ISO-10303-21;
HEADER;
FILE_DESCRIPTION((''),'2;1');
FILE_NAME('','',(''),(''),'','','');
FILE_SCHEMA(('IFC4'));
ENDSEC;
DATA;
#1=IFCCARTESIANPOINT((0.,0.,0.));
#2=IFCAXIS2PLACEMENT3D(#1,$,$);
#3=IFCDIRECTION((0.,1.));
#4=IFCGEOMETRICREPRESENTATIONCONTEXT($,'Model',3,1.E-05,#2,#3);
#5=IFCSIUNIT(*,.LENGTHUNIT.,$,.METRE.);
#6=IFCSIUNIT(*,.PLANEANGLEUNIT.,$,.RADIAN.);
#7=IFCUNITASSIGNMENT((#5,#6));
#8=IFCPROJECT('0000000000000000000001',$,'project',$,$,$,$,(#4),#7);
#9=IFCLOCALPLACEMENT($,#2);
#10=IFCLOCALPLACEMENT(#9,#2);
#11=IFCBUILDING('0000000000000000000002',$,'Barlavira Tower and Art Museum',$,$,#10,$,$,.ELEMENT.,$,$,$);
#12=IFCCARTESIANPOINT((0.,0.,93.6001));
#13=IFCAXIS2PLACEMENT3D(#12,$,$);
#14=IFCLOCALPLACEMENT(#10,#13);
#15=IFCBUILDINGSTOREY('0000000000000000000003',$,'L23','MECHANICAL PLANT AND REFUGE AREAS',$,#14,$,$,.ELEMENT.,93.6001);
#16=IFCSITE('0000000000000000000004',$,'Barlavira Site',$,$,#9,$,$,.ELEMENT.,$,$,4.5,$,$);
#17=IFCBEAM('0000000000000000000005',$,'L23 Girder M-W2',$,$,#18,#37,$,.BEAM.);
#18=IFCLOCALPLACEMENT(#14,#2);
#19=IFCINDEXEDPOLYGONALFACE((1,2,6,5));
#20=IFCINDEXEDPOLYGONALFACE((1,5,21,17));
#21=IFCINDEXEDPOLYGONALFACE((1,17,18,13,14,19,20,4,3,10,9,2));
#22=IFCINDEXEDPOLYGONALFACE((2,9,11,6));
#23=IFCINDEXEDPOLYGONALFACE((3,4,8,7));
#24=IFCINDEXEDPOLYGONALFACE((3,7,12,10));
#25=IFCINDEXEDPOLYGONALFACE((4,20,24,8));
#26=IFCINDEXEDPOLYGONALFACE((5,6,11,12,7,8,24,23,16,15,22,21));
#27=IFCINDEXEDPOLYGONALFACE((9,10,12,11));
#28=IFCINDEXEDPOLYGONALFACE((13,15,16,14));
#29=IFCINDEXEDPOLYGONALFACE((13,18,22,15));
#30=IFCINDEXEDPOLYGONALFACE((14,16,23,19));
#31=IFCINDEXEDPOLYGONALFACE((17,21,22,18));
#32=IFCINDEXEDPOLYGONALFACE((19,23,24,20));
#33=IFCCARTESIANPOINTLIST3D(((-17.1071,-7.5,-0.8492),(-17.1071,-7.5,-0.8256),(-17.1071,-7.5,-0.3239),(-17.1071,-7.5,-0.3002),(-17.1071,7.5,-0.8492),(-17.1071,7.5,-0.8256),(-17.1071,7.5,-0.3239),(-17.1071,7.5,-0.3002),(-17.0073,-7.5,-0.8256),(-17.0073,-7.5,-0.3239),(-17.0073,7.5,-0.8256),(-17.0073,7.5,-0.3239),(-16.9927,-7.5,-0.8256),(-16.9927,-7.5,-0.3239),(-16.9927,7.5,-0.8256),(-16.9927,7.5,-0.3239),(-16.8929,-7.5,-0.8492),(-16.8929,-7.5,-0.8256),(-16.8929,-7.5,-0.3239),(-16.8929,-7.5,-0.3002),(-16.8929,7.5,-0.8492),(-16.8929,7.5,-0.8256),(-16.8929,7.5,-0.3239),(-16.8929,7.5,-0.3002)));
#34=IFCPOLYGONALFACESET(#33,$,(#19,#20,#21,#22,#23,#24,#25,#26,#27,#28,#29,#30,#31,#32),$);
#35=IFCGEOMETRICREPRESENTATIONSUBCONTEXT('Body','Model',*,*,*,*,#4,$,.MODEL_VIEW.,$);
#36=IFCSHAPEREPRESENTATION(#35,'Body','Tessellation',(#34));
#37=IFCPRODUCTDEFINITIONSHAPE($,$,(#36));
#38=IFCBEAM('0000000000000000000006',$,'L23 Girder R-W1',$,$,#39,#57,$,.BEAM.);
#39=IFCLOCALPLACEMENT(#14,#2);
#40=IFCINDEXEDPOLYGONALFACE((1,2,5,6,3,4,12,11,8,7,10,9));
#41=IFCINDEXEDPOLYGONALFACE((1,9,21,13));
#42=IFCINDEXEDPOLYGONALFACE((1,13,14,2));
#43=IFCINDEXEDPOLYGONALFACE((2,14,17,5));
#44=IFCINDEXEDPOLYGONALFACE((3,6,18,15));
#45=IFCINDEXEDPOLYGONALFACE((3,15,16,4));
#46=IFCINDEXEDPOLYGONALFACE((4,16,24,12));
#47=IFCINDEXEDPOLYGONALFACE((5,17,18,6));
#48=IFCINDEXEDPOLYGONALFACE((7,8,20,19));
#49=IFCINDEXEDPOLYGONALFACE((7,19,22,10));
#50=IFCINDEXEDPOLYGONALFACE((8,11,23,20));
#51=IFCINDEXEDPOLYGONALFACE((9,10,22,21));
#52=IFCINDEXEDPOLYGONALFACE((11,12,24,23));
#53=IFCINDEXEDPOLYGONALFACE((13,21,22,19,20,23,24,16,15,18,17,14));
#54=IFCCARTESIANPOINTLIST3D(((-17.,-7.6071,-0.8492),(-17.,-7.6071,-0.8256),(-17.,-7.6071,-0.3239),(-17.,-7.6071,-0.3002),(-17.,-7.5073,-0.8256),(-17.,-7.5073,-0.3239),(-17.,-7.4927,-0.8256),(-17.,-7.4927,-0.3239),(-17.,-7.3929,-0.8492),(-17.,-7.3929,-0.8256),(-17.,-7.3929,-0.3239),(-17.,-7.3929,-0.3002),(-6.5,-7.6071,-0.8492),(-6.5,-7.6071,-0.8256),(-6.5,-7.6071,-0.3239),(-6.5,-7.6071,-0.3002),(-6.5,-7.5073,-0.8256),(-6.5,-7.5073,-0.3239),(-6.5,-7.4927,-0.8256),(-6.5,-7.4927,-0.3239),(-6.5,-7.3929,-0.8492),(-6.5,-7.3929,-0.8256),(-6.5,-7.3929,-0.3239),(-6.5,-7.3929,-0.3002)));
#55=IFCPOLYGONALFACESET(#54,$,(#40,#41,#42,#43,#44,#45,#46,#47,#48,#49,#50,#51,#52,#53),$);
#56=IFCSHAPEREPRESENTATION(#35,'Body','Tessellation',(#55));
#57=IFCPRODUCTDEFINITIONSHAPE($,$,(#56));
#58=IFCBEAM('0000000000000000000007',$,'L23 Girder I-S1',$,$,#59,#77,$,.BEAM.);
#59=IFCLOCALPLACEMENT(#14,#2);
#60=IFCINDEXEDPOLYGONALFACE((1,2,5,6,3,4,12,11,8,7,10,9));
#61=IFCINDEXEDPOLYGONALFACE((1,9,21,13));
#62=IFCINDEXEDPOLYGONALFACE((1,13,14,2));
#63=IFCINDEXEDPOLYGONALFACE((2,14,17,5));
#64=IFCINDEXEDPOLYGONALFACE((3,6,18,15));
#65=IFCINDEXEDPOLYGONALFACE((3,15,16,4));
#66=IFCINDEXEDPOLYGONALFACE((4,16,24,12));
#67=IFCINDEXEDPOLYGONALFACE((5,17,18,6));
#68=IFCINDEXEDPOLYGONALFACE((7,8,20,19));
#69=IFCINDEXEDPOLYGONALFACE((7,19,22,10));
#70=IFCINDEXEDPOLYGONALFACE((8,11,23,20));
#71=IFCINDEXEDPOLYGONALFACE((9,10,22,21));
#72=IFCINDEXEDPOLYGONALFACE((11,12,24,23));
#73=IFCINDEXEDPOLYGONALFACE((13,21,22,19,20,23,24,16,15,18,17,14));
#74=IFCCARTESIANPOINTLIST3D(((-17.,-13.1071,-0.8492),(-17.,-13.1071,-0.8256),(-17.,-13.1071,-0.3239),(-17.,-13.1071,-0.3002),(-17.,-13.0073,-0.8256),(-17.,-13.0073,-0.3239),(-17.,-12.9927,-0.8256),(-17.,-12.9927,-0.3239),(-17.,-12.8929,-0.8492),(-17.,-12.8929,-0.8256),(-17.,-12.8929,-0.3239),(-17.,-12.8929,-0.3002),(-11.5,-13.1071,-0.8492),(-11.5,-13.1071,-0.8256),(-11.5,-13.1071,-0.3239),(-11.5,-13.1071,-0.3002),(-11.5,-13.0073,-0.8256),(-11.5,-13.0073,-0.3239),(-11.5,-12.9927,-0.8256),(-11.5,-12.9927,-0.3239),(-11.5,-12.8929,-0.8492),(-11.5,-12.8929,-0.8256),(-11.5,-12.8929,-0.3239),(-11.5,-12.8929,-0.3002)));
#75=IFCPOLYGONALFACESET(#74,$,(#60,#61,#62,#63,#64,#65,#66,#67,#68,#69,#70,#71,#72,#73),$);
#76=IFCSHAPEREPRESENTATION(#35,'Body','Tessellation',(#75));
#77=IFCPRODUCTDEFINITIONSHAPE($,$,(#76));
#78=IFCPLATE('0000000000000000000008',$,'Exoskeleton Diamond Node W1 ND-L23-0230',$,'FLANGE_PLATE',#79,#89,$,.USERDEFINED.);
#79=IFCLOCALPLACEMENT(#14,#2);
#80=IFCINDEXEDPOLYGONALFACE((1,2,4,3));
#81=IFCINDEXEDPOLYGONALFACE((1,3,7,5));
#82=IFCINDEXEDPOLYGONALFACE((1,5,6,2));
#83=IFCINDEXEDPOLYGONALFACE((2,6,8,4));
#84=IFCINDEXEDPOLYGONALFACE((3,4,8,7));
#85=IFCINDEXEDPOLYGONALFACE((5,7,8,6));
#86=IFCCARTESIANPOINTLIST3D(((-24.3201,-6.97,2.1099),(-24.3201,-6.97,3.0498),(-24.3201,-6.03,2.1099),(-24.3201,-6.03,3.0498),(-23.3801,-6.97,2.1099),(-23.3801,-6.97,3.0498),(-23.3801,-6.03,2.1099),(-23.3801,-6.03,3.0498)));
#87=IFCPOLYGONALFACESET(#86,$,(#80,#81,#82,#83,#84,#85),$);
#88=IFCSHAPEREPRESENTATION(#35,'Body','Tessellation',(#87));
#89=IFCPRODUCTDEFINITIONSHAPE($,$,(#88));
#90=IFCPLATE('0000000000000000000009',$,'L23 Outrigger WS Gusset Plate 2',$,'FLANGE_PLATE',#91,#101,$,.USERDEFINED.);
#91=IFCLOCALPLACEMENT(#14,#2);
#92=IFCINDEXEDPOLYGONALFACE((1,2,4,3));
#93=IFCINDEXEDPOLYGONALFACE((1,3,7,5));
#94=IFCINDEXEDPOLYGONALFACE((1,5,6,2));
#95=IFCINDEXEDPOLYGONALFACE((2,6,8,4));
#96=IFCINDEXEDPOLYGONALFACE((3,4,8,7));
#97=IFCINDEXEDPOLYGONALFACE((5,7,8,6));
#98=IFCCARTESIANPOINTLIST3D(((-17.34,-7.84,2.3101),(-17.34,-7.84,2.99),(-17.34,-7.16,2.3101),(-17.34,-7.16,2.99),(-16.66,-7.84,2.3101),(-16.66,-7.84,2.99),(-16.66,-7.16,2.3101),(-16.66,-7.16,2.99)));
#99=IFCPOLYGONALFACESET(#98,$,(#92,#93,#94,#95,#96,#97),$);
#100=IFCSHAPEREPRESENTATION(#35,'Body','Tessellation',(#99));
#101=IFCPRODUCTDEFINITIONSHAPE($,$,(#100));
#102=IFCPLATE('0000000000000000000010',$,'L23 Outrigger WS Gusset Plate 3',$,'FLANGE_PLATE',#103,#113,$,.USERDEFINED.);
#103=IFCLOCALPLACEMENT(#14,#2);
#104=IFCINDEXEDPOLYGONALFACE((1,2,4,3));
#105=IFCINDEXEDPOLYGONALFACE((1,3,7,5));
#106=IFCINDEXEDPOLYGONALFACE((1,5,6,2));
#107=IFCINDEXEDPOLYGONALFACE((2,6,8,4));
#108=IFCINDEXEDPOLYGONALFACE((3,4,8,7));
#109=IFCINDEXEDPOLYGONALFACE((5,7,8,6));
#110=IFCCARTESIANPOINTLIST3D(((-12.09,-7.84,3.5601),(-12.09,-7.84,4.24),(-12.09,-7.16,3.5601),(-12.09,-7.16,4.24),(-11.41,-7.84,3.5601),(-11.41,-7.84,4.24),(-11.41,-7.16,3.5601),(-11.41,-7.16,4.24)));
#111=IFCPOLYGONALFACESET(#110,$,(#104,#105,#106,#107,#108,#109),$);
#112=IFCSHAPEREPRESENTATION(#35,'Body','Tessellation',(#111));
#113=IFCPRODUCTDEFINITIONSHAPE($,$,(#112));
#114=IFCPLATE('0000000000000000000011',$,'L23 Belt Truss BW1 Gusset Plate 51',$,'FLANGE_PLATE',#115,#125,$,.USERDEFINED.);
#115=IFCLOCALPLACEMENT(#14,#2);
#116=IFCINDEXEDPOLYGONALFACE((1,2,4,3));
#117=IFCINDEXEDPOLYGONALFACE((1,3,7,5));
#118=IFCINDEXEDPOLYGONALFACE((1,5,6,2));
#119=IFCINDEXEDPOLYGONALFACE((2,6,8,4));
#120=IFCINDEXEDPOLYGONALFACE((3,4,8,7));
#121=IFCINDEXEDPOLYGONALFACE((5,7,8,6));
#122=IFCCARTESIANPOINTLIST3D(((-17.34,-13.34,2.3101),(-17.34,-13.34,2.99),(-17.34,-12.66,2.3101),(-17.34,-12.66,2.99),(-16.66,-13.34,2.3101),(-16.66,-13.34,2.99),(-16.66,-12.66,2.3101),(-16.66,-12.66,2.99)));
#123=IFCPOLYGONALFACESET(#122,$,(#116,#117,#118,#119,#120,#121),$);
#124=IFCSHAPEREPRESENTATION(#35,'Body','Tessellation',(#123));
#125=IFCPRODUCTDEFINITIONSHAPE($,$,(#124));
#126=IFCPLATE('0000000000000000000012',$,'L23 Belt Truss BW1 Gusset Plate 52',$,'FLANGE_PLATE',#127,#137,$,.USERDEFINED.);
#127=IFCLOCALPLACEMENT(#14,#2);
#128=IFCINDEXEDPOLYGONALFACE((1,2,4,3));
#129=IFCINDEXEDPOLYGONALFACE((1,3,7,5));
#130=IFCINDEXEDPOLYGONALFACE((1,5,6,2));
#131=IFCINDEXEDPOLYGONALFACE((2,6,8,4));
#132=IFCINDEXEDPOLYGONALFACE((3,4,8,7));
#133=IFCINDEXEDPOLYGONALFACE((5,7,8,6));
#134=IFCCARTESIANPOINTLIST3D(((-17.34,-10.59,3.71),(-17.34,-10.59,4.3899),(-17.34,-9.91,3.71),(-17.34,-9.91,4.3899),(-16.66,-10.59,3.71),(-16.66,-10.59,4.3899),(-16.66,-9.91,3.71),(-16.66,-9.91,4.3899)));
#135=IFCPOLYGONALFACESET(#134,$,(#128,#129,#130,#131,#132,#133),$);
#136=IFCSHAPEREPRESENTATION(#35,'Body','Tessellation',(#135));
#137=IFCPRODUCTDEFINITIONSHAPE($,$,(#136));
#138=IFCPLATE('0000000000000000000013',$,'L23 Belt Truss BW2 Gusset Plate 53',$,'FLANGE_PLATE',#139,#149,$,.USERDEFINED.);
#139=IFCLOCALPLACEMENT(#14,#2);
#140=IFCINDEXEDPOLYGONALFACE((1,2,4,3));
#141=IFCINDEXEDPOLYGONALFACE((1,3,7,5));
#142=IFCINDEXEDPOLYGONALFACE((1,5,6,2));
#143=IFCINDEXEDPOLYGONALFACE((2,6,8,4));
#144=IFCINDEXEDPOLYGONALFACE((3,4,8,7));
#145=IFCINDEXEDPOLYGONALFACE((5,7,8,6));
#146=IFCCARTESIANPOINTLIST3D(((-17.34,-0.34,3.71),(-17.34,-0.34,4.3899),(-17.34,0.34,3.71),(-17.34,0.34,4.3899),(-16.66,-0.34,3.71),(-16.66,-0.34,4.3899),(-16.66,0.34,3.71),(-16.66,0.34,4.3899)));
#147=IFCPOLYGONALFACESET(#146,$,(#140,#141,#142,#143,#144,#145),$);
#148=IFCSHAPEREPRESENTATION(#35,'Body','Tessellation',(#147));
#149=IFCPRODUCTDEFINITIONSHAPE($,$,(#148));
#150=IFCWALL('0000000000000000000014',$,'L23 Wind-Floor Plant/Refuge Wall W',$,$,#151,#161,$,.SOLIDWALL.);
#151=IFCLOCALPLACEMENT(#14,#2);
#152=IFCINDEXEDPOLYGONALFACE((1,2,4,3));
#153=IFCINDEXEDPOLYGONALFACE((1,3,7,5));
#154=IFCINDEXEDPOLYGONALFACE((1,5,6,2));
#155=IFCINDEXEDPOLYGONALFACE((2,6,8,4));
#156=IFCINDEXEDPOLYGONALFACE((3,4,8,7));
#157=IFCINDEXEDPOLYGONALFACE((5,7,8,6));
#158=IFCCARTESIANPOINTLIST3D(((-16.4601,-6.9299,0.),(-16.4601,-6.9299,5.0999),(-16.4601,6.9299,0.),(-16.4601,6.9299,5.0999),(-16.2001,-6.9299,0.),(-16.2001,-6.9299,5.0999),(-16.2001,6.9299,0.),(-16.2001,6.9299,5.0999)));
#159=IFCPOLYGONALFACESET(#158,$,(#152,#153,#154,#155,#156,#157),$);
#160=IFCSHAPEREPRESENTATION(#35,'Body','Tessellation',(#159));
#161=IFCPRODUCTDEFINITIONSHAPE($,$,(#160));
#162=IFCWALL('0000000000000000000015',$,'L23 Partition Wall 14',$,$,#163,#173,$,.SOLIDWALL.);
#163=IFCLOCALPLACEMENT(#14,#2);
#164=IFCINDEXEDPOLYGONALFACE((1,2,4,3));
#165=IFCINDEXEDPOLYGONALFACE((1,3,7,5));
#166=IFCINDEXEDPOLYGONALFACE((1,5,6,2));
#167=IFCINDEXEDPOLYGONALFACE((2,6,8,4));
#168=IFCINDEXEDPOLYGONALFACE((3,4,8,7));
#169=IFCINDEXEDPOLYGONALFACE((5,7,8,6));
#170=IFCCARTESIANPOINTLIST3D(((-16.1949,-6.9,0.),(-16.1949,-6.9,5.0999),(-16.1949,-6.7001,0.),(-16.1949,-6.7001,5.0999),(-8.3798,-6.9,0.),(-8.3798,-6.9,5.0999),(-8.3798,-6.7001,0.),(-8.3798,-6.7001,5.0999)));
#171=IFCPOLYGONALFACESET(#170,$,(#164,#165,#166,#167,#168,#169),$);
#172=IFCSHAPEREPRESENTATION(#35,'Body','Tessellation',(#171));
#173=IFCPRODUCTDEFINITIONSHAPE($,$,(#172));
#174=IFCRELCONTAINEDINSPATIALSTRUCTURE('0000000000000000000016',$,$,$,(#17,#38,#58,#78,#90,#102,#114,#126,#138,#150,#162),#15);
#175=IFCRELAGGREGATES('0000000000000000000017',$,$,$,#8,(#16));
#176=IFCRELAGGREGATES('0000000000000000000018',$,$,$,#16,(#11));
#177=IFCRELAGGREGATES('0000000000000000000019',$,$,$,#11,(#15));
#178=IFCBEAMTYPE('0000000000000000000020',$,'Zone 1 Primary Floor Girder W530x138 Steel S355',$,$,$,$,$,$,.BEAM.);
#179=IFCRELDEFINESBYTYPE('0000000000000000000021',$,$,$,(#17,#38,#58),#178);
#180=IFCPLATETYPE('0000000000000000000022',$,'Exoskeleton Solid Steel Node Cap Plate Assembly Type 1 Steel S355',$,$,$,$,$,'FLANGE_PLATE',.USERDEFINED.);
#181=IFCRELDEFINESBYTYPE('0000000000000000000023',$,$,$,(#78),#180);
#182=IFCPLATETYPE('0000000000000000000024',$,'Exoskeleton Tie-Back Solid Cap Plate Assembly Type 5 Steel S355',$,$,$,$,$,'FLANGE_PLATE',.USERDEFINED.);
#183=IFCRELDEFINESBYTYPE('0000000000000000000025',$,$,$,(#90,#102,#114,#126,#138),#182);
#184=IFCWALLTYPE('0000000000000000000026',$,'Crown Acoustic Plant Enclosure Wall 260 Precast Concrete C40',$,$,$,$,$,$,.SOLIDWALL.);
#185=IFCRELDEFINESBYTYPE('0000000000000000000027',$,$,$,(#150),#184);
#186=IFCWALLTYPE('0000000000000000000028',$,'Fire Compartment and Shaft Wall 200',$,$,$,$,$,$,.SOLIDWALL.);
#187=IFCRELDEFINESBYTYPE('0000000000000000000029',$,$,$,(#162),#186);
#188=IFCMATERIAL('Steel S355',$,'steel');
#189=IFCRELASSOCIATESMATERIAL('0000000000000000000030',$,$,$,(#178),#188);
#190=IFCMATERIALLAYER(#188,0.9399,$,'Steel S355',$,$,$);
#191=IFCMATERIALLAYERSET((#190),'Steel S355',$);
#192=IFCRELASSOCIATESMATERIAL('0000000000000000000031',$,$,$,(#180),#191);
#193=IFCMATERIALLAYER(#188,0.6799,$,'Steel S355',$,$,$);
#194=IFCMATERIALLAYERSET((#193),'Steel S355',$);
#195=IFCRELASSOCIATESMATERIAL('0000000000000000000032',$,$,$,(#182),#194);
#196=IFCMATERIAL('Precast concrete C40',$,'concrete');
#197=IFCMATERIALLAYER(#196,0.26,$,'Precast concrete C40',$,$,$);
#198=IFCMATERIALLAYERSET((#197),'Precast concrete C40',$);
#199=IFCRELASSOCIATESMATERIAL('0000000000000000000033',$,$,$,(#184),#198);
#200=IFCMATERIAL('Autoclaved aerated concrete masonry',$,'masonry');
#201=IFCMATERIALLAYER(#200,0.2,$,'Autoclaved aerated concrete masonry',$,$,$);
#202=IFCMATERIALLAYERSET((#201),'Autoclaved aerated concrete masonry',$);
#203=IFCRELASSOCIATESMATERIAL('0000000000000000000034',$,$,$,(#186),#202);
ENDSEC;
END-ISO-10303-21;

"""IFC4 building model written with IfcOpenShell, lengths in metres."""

from ifc_helpers import new_model, si_unit, direction, frame, frame_2d, origin, origin_2d, place, context, subcontext, project, spatial, rectangle, i_section, extrude, material, layer, layer_set, material_profile, profile_set, type_object, element, save


model = new_model("IFC4")

# Units and contexts
model_context = context("Model", 3, precision=1e-05, world=origin(), true_north=direction((0.0, 1.0)))
body_context = subcontext(model_context, "Body", "Model", "MODEL_VIEW")
ifc_project = project(units=[si_unit("LENGTHUNIT", "METRE"), si_unit("PLANEANGLEUNIT", "RADIAN")], contexts=[model_context])

# Site, building, storey
site_placement = place(None, origin())
site = spatial("IfcSite", under=ifc_project, at=site_placement, Name="Barlavira Site", CompositionType="ELEMENT", RefElevation=4.5)
building_placement = place(site_placement, origin())
building = spatial("IfcBuilding", under=site, at=building_placement, Name="Barlavira Tower and Art Museum", CompositionType="ELEMENT")
storey_placement = place(building_placement, frame((0.0, 0.0, 93.6001)))
storey = spatial("IfcBuildingStorey", under=building, at=storey_placement, Name="L23", Description="MECHANICAL PLANT AND REFUGE AREAS", CompositionType="ELEMENT", Elevation=93.6001)

# Shared definitions
ifc_material_1 = material(Name="Steel S355", Category="steel")

# Beams
ifc_material_profile_1 = material_profile(ifc_material_1, i_section(OverallWidth=0.2141, OverallDepth=0.5491, WebThickness=0.0146, FlangeThickness=0.0237, at=origin_2d()), Name="W530x138.0")
ifc_profile_set_1 = profile_set([ifc_material_profile_1], Name="Steel S355")
beam_type_1 = type_object("IfcBeamType", Name="Zone 1 Primary Floor Girder W530x138 Steel S355", PredefinedType="BEAM", material=ifc_profile_set_1)
beam_1_placement = place(storey_placement, frame((-17.0, -7.5, -0.5747), z_axis=(0.0, 1.0, 0.0), x_axis=(-1.0, 0.0, 0.0)))
element("IfcBeam", 1, at=beam_1_placement, inside=storey, type_object=beam_type_1, Name="L23 Girder M-W2", PredefinedType="BEAM", context=body_context, shape_type="SweptSolid", body=[
    extrude(i_section(OverallWidth=0.2141, OverallDepth=0.5491, WebThickness=0.0146, FlangeThickness=0.0237, at=origin_2d()), origin(), (0.0, 0.0, 1.0), 15.0),
])
beam_2_placement = place(storey_placement, frame((-17.0, -7.5, -0.5747), z_axis=(1.0, 0.0, 0.0), x_axis=(0.0, 1.0, 0.0)))
element("IfcBeam", 2, at=beam_2_placement, inside=storey, type_object=beam_type_1, Name="L23 Girder R-W1", PredefinedType="BEAM", context=body_context, shape_type="SweptSolid", body=[
    extrude(i_section(OverallWidth=0.2141, OverallDepth=0.5491, WebThickness=0.0146, FlangeThickness=0.0237, at=origin_2d()), origin(), (0.0, 0.0, 1.0), 10.5),
])
beam_3_placement = place(storey_placement, frame((-17.0, -13.0, -0.5747), z_axis=(1.0, 0.0, 0.0), x_axis=(0.0, 1.0, 0.0)))
element("IfcBeam", 3, at=beam_3_placement, inside=storey, type_object=beam_type_1, Name="L23 Girder I-S1", PredefinedType="BEAM", context=body_context, shape_type="SweptSolid", body=[
    extrude(i_section(OverallWidth=0.2141, OverallDepth=0.5491, WebThickness=0.0146, FlangeThickness=0.0237, at=origin_2d()), origin(), (0.0, 0.0, 1.0), 5.5),
])

# Plates
ifc_layer_1 = layer(ifc_material_1, 0.9399, Name="Steel S355")
ifc_layer_set_1 = layer_set([ifc_layer_1], Name="Steel S355")
plate_type_1 = type_object("IfcPlateType", Name="Exoskeleton Solid Steel Node Cap Plate Assembly Type 1 Steel S355", ElementType="FLANGE_PLATE", PredefinedType="USERDEFINED", material=ifc_layer_set_1)
plate_placement = place(storey_placement, frame((-23.8501, -6.5, 2.1099), z_axis=(0.0, 0.0, 1.0), x_axis=(1.0, 0.0, 0.0)))
element("IfcPlate", 4, at=plate_placement, inside=storey, type_object=plate_type_1, Name="Exoskeleton Diamond Node W1 ND-L23-0230", ObjectType="FLANGE_PLATE", PredefinedType="USERDEFINED", context=body_context, shape_type="SweptSolid", body=[
    extrude(rectangle(XDim=0.9399, YDim=0.9399, at=origin_2d()), origin(), (0.0, 0.0, 1.0), 0.9399),
])
ifc_layer_2 = layer(ifc_material_1, 0.6799, Name="Steel S355")
ifc_layer_set_2 = layer_set([ifc_layer_2], Name="Steel S355")
plate_type_2 = type_object("IfcPlateType", Name="Exoskeleton Tie-Back Solid Cap Plate Assembly Type 5 Steel S355", ElementType="FLANGE_PLATE", PredefinedType="USERDEFINED", material=ifc_layer_set_2)
for number, where, z_axis, x_axis, name in (
    (5, (-17.0, -7.5, 2.3101), (0.0, 0.0, 1.0), (1.0, 0.0, 0.0), "L23 Outrigger WS Gusset Plate 2"),
    (6, (-11.75, -7.5, 3.5601), (0.0, 0.0, 1.0), (1.0, 0.0, 0.0), "L23 Outrigger WS Gusset Plate 3"),
    (7, (-17.0, -13.0, 2.3101), (0.0, 0.0, 1.0), (1.0, 0.0, 0.0), "L23 Belt Truss BW1 Gusset Plate 51"),
    (8, (-17.0, -10.25, 3.71), (0.0, 0.0, 1.0), (1.0, 0.0, 0.0), "L23 Belt Truss BW1 Gusset Plate 52"),
    (9, (-17.0, 0.0, 3.71), (0.0, 0.0, 1.0), (1.0, 0.0, 0.0), "L23 Belt Truss BW2 Gusset Plate 53"),
):
    element("IfcPlate", number, at=place(storey_placement, frame(where, z_axis=z_axis, x_axis=x_axis)), inside=storey, type_object=plate_type_2, Name=name, ObjectType="FLANGE_PLATE", PredefinedType="USERDEFINED", context=body_context, shape_type="SweptSolid", body=[
        extrude(rectangle(XDim=0.6799, YDim=0.6799, at=origin_2d()), origin(), (0.0, 0.0, 1.0), 0.6799),
    ])

# Walls
ifc_material_2 = material(Name="Precast concrete C40", Category="concrete")
ifc_layer_3 = layer(ifc_material_2, 0.26, Name="Precast concrete C40")
ifc_layer_set_3 = layer_set([ifc_layer_3], Name="Precast concrete C40")
wall_type_1 = type_object("IfcWallType", Name="Crown Acoustic Plant Enclosure Wall 260 Precast Concrete C40", PredefinedType="SOLIDWALL", material=ifc_layer_set_3)
wall_1_placement = place(storey_placement, frame((-16.3301, -6.9299, 0.0), z_axis=(0.0, 0.0, 1.0), x_axis=(0.0, 1.0, 0.0)))
element("IfcWall", 10, at=wall_1_placement, inside=storey, type_object=wall_type_1, Name="L23 Wind-Floor Plant/Refuge Wall W", PredefinedType="SOLIDWALL", context=body_context, shape_type="SweptSolid", body=[
    extrude(rectangle(XDim=13.8599, YDim=0.26, at=frame_2d((6.9299, 0.0))), origin(), (0.0, 0.0, 1.0), 5.0999),
])
ifc_material_3 = material(Name="Autoclaved aerated concrete masonry", Category="masonry")
ifc_layer_4 = layer(ifc_material_3, 0.2, Name="Autoclaved aerated concrete masonry")
ifc_layer_set_4 = layer_set([ifc_layer_4], Name="Autoclaved aerated concrete masonry")
wall_type_2 = type_object("IfcWallType", Name="Fire Compartment and Shaft Wall 200", PredefinedType="SOLIDWALL", material=ifc_layer_set_4)
wall_2_placement = place(storey_placement, frame((-16.1951, -6.8, 0.0), z_axis=(0.0, 0.0, 1.0), x_axis=(1.0, 0.0, 0.0)))
element("IfcWall", 11, at=wall_2_placement, inside=storey, type_object=wall_type_2, Name="L23 Partition Wall 14", PredefinedType="SOLIDWALL", context=body_context, shape_type="SweptSolid", body=[
    extrude(rectangle(XDim=7.8152, YDim=0.2, at=frame_2d((3.9077, 0.0))), origin(), (0.0, 0.0, 1.0), 5.0999),
])

save(model, "model.ifc")
